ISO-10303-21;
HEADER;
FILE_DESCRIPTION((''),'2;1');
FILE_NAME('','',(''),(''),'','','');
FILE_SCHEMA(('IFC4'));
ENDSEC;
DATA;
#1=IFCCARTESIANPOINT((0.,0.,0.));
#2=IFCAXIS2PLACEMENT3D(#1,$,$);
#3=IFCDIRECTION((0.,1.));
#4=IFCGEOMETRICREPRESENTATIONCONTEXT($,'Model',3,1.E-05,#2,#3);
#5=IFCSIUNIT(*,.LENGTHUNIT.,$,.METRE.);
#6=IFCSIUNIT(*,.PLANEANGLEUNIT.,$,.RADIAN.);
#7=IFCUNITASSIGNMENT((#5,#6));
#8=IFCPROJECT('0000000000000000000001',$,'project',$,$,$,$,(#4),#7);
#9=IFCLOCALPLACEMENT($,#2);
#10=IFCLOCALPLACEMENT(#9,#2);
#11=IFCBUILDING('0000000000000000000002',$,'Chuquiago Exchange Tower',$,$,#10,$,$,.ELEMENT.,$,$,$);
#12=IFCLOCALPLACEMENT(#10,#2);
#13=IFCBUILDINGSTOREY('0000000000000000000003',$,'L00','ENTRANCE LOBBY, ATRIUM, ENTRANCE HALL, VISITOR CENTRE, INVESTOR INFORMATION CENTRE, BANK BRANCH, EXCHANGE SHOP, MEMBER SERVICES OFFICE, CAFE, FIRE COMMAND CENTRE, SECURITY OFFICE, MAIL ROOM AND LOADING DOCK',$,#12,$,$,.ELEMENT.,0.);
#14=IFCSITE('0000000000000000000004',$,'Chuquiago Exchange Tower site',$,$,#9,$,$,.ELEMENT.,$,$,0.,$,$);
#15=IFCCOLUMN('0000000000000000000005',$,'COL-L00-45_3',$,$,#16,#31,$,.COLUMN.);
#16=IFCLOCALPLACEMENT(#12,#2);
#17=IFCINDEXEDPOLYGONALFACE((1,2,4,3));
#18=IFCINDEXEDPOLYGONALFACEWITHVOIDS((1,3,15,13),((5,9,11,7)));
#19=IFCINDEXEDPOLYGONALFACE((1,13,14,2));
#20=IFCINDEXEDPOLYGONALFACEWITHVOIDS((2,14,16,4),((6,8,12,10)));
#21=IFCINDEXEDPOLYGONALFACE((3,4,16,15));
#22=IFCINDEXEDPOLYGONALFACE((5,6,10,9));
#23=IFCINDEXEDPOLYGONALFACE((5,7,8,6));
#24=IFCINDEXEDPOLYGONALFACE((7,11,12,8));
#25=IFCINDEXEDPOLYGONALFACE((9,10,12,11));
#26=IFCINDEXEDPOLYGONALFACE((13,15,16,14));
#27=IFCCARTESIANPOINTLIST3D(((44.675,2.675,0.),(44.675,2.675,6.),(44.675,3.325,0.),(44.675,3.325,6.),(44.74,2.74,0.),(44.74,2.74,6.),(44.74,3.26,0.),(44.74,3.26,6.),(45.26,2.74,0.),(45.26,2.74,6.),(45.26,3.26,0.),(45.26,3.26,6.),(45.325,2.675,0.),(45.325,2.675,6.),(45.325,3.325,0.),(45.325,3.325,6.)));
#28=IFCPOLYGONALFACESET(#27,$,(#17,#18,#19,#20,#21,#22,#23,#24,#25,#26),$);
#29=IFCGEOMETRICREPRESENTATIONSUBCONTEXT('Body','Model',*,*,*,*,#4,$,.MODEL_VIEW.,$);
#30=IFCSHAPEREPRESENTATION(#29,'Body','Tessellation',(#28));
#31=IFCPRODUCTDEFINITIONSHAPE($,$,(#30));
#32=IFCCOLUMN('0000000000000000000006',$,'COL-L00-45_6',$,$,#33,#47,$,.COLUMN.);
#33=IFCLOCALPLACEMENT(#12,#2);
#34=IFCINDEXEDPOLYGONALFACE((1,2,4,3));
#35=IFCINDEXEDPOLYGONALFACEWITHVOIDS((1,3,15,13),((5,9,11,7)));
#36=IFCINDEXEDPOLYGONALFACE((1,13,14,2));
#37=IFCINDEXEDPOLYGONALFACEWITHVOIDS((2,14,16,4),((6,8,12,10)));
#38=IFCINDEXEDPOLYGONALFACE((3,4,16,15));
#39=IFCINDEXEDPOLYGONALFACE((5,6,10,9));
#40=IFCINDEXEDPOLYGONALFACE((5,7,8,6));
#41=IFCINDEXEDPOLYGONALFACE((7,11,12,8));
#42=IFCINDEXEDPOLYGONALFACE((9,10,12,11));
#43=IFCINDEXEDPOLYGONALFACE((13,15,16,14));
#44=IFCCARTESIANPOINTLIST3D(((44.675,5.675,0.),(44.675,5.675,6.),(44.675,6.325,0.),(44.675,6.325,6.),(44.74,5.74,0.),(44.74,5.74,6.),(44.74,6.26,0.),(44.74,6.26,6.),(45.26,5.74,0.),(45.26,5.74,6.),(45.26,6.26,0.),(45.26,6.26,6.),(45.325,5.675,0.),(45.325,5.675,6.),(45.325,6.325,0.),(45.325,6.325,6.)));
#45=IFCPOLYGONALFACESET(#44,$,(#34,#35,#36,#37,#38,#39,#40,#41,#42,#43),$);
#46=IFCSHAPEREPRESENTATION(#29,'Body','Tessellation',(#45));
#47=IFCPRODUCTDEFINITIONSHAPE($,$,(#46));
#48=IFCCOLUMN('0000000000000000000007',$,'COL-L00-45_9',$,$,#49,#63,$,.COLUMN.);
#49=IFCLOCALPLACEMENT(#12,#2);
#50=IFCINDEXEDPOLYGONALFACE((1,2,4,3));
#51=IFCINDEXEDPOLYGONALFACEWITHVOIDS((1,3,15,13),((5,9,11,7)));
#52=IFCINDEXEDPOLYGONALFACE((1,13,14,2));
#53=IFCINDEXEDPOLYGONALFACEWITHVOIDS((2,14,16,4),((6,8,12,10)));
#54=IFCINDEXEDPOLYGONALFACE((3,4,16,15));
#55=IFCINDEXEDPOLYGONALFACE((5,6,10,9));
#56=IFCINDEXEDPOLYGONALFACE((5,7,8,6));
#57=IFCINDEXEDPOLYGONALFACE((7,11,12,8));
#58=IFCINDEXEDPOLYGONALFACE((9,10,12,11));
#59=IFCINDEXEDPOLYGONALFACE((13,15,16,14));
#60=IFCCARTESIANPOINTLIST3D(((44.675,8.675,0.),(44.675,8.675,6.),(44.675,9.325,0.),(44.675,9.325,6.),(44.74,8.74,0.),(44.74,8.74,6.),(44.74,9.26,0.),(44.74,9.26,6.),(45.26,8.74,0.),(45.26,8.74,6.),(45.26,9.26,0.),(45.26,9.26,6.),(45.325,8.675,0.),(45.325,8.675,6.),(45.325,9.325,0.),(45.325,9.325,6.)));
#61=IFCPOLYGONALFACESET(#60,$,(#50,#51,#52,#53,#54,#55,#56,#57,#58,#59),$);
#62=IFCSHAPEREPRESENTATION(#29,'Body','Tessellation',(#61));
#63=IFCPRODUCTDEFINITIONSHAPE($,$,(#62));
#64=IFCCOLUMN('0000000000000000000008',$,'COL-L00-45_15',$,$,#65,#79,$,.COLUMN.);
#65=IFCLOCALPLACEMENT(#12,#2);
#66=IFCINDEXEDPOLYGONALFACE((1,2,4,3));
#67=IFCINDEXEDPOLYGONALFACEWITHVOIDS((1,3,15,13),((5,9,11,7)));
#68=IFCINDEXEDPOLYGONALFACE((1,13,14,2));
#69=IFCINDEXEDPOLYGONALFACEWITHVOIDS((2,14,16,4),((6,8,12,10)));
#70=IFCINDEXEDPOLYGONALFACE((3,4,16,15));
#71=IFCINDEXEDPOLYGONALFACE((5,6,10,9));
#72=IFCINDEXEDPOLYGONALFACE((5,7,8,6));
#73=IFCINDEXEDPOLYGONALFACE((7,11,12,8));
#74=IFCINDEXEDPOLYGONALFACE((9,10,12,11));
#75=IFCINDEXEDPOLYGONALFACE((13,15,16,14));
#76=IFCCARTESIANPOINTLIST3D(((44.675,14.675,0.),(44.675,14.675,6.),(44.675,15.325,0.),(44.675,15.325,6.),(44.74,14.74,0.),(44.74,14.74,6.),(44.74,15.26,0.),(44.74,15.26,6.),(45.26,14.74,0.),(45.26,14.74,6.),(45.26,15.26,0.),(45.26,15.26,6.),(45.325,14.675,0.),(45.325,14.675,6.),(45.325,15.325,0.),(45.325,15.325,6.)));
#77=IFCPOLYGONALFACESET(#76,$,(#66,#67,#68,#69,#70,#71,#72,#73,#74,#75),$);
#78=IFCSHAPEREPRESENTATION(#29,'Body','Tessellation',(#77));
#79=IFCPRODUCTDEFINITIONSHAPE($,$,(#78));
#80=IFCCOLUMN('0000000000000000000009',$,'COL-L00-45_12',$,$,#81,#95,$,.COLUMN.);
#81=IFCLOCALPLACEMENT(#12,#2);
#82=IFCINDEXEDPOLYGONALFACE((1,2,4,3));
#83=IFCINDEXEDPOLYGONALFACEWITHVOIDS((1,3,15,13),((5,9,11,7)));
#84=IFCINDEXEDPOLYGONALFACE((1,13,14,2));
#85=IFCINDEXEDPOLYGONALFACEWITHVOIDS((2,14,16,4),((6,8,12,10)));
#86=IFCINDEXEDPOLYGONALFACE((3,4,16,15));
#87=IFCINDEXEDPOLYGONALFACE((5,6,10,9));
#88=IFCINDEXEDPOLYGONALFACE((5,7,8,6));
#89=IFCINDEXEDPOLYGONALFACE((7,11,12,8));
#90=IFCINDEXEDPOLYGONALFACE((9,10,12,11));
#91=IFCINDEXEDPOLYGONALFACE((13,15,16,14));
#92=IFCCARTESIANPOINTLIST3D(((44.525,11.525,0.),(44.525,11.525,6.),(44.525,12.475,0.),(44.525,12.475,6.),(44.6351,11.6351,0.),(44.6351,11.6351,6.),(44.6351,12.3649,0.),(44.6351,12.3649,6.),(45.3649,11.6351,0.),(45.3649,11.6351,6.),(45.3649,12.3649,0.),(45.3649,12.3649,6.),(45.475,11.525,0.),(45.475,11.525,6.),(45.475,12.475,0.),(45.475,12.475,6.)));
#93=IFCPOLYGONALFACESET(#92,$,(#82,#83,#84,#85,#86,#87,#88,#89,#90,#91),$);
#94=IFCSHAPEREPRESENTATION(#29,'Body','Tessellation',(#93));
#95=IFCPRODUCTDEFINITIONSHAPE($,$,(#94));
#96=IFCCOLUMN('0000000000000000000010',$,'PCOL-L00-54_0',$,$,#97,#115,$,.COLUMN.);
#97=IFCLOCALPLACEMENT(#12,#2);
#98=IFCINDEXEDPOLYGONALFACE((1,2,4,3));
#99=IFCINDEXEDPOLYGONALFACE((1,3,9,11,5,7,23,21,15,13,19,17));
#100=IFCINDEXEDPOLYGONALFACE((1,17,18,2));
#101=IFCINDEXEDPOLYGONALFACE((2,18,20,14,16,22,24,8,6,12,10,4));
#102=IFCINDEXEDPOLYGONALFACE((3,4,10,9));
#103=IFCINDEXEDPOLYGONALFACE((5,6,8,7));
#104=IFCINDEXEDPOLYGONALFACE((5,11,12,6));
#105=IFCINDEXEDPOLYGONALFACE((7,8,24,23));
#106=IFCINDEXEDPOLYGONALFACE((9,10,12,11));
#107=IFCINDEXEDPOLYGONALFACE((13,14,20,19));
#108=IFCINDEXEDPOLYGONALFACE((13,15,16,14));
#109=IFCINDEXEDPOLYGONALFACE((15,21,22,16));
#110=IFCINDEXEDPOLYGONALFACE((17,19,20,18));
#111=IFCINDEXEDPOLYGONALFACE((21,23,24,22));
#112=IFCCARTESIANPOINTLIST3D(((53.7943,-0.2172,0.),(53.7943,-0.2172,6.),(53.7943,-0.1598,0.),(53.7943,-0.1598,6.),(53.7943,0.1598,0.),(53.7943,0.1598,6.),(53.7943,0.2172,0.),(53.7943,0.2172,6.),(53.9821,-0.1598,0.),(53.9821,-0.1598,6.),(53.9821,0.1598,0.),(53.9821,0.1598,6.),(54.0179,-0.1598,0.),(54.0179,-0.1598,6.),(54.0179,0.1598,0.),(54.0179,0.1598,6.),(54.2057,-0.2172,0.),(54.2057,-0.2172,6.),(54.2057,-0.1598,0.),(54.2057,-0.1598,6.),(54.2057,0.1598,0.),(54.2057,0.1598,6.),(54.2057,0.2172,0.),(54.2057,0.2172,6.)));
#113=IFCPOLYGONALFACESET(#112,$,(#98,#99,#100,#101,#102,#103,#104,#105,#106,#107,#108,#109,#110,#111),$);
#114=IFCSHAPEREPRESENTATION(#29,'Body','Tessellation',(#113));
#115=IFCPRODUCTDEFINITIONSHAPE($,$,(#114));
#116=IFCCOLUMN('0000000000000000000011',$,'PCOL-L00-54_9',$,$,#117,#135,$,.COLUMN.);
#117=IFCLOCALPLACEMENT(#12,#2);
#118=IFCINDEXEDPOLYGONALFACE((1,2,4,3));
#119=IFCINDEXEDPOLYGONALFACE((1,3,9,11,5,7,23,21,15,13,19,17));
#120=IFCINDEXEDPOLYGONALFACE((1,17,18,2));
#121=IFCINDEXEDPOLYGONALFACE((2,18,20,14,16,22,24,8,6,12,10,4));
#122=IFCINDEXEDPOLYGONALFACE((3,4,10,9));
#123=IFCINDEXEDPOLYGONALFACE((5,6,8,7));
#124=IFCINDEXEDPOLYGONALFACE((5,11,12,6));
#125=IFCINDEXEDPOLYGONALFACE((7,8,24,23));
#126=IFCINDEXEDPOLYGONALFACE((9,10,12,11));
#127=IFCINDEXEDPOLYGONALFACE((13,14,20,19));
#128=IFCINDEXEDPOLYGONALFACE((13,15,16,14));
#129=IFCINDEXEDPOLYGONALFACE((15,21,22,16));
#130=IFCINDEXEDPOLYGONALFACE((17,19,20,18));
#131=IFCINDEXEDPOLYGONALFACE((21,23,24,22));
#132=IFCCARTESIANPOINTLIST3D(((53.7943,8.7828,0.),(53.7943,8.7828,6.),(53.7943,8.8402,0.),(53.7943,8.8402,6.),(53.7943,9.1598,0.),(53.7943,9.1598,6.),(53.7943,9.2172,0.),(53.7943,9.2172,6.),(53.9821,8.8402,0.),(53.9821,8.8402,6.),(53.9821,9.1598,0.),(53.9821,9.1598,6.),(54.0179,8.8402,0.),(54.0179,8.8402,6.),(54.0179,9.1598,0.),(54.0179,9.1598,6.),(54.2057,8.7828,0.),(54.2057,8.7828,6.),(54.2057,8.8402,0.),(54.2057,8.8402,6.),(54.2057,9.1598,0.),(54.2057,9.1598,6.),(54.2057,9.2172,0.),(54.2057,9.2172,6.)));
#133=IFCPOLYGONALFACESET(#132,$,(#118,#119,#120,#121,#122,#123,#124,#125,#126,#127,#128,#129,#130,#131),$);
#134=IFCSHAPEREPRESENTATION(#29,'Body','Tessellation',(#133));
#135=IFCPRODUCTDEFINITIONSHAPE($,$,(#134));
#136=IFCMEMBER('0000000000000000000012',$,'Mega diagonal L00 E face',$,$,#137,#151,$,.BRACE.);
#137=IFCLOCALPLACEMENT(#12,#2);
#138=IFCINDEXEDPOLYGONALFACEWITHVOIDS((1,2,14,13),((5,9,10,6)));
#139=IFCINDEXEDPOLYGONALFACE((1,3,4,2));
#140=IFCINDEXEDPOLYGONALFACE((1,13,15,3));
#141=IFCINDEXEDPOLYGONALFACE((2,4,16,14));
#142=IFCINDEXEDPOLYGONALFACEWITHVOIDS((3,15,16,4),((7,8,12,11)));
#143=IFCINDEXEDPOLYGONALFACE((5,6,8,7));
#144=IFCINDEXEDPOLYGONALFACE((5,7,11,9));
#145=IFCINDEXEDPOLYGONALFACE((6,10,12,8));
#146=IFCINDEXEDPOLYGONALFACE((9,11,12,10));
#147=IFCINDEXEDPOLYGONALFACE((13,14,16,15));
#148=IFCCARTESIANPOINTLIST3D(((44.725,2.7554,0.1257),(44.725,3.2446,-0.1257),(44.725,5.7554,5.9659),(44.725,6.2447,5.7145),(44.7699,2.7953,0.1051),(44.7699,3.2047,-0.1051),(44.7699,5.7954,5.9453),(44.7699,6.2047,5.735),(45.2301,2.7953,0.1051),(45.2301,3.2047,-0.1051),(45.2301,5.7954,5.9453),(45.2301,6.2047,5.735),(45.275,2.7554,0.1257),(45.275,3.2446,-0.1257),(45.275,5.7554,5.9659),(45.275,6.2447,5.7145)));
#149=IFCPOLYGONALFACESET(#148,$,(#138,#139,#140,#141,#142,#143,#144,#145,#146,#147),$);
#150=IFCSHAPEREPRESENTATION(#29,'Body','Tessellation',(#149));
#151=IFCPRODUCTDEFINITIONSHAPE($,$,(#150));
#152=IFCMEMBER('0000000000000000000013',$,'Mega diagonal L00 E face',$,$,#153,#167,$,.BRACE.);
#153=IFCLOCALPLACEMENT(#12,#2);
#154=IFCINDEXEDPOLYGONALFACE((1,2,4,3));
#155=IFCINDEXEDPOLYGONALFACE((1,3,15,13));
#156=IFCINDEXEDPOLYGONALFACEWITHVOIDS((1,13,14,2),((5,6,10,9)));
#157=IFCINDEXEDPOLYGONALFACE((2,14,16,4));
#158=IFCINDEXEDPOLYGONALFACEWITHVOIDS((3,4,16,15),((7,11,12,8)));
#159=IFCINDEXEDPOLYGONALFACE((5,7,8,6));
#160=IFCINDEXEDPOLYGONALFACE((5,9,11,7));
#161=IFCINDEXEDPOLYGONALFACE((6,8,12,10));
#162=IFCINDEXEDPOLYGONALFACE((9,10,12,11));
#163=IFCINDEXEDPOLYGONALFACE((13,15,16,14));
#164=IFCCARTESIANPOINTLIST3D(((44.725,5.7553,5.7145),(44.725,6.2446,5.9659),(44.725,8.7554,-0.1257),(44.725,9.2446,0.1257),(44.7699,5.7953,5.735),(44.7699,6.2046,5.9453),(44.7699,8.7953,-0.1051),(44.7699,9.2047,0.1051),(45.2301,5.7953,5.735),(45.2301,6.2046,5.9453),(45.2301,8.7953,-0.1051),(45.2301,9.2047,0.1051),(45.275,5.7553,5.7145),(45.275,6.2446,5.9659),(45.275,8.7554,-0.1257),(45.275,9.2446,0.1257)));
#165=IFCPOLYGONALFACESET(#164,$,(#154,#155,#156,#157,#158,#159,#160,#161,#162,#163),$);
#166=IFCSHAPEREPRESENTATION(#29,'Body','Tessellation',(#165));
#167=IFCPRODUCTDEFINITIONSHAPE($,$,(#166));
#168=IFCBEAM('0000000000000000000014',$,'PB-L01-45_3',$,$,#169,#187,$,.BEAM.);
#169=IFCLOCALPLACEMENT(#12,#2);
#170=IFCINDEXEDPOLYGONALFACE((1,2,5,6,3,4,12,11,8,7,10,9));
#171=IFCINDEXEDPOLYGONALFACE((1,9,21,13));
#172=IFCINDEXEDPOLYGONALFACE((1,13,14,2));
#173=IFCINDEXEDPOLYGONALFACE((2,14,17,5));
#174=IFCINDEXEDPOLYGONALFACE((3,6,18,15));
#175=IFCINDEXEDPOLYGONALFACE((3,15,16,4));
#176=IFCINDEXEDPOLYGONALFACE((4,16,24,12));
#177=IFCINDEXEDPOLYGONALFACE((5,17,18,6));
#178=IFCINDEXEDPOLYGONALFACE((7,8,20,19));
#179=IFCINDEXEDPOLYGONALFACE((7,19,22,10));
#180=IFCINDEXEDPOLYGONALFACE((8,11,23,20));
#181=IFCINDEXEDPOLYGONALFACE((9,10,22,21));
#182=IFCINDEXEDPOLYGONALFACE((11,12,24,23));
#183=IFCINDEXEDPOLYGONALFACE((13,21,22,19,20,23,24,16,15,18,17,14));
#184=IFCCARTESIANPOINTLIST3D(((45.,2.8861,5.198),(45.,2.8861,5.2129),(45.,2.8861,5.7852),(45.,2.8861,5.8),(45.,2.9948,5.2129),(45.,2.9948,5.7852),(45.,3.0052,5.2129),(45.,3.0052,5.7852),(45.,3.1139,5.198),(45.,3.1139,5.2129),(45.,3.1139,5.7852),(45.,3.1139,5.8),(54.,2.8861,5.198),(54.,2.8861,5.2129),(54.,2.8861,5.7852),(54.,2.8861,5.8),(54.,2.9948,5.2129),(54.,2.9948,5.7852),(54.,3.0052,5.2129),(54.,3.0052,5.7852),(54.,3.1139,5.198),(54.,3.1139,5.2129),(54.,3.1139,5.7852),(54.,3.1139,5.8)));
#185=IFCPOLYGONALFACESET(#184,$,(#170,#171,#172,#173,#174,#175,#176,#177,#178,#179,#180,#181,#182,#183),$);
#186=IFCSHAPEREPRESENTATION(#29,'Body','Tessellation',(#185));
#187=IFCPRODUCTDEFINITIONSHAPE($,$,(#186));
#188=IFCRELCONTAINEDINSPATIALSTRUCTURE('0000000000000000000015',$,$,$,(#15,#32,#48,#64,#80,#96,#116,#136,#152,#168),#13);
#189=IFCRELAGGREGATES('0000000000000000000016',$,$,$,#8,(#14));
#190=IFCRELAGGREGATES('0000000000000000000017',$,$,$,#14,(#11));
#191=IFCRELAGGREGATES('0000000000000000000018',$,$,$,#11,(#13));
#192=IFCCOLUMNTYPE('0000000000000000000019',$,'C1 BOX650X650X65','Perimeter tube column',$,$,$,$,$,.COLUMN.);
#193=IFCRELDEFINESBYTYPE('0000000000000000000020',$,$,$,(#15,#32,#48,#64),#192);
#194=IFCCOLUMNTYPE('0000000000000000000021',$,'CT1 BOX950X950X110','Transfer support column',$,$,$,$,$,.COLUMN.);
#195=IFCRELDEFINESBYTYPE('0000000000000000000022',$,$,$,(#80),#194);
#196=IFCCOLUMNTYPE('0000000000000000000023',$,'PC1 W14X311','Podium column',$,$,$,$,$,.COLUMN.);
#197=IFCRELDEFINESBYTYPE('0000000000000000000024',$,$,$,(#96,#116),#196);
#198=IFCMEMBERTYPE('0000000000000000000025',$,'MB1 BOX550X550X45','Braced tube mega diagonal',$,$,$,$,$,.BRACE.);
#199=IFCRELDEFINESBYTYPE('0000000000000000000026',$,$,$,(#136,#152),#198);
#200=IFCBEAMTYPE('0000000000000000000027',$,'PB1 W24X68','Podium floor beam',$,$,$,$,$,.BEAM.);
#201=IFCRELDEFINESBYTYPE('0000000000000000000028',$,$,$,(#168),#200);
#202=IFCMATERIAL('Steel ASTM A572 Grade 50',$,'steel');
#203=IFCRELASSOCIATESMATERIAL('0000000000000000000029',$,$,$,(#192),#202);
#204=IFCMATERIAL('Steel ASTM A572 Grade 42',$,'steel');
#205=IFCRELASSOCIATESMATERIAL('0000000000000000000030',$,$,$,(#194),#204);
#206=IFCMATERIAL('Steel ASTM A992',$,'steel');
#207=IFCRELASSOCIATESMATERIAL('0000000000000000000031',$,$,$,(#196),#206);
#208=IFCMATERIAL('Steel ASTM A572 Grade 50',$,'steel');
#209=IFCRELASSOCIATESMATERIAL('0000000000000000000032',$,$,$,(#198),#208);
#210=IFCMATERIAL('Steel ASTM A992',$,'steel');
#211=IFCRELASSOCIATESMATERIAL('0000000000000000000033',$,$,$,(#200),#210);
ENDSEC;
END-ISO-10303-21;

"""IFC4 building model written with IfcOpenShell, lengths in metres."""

from ifc_helpers import new_model, si_unit, direction, frame, origin, origin_2d, place, context, subcontext, project, spatial, hollow_rectangle, i_section, extrude, material, material_profile, profile_set, type_object, element, save


model = new_model("IFC4")

# Units and contexts
model_context = context("Model", 3, precision=1e-05, world=origin(), true_north=direction((0.0, 1.0)))
body_context = subcontext(model_context, "Body", "Model", "MODEL_VIEW")
ifc_project = project(units=[si_unit("LENGTHUNIT", "METRE"), si_unit("PLANEANGLEUNIT", "RADIAN")], contexts=[model_context])

# Site, building, storey
site_placement = place(None, origin())
site = spatial("IfcSite", under=ifc_project, at=site_placement, Name="Chuquiago Exchange Tower site", CompositionType="ELEMENT", RefElevation=0.0)
building_placement = place(site_placement, origin())
building = spatial("IfcBuilding", under=site, at=building_placement, Name="Chuquiago Exchange Tower", CompositionType="ELEMENT")
storey_placement = place(building_placement, origin())
storey = spatial("IfcBuildingStorey", under=building, at=storey_placement, Name="L00", Description="ENTRANCE LOBBY, ATRIUM, ENTRANCE HALL, VISITOR CENTRE, INVESTOR INFORMATION CENTRE, BANK BRANCH, EXCHANGE SHOP, MEMBER SERVICES OFFICE, CAFE, FIRE COMMAND CENTRE, SECURITY OFFICE, MAIL ROOM AND LOADING DOCK", CompositionType="ELEMENT", Elevation=0.0)

# Columns
ifc_material_1 = material(Name="Steel ASTM A572 Grade 50", Category="steel")
ifc_material_profile_1 = material_profile(ifc_material_1, hollow_rectangle(XDim=0.6499, YDim=0.6499, WallThickness=0.0649, at=origin_2d()), Name="BOX650X650X65")
ifc_profile_set_1 = profile_set([ifc_material_profile_1], Name="Steel ASTM A572 Grade 50")
column_type_1 = type_object("IfcColumnType", Name="C1 BOX650X650X65", Description="Perimeter tube column", PredefinedType="COLUMN", material=ifc_profile_set_1)
for number, where, z_axis, x_axis, name in (
    (1, (45.0, 3.0, 0.0), (0.0, 0.0, 1.0), (1.0, 0.0, 0.0), "COL-L00-45_3"),
    (2, (45.0, 6.0, 0.0), (0.0, 0.0, 1.0), (1.0, 0.0, 0.0), "COL-L00-45_6"),
    (3, (45.0, 9.0, 0.0), (0.0, 0.0, 1.0), (1.0, 0.0, 0.0), "COL-L00-45_9"),
    (4, (45.0, 15.0, 0.0), (0.0, 0.0, 1.0), (1.0, 0.0, 0.0), "COL-L00-45_15"),
):
    element("IfcColumn", number, at=place(storey_placement, frame(where, z_axis=z_axis, x_axis=x_axis)), inside=storey, type_object=column_type_1, Name=name, PredefinedType="COLUMN", context=body_context, shape_type="SweptSolid", body=[
        extrude(hollow_rectangle(XDim=0.6499, YDim=0.6499, WallThickness=0.0649, at=origin_2d()), origin(), (0.0, 0.0, 1.0), 6.0),
    ])
ifc_material_2 = material(Name="Steel ASTM A572 Grade 42", Category="steel")
ifc_material_profile_2 = material_profile(ifc_material_2, hollow_rectangle(XDim=0.95, YDim=0.95, WallThickness=0.1101, at=origin_2d()), Name="BOX950X950X110")
ifc_profile_set_2 = profile_set([ifc_material_profile_2], Name="Steel ASTM A572 Grade 42")
column_type_2 = type_object("IfcColumnType", Name="CT1 BOX950X950X110", Description="Transfer support column", PredefinedType="COLUMN", material=ifc_profile_set_2)
column_placement = place(storey_placement, frame((45.0, 12.0, 0.0), z_axis=(0.0, 0.0, 1.0), x_axis=(1.0, 0.0, 0.0)))
element("IfcColumn", 5, at=column_placement, inside=storey, type_object=column_type_2, Name="COL-L00-45_12", PredefinedType="COLUMN", context=body_context, shape_type="SweptSolid", body=[
    extrude(hollow_rectangle(XDim=0.95, YDim=0.95, WallThickness=0.1101, at=origin_2d()), origin(), (0.0, 0.0, 1.0), 6.0),
])
ifc_material_3 = material(Name="Steel ASTM A992", Category="steel")
ifc_material_profile_3 = material_profile(ifc_material_3, i_section(OverallWidth=0.4114, OverallDepth=0.4343, WebThickness=0.0359, FlangeThickness=0.0574, at=origin_2d()), Name="W14X311")
ifc_profile_set_3 = profile_set([ifc_material_profile_3], Name="Steel ASTM A992")
column_type_3 = type_object("IfcColumnType", Name="PC1 W14X311", Description="Podium column", PredefinedType="COLUMN", material=ifc_profile_set_3)
for number, where, z_axis, x_axis, name in (
    (6, (54.0, 0.0, 0.0), (0.0, 0.0, 1.0), (1.0, 0.0, 0.0), "PCOL-L00-54_0"),
    (7, (54.0, 9.0, 0.0), (0.0, 0.0, 1.0), (1.0, 0.0, 0.0), "PCOL-L00-54_9"),
):
    element("IfcColumn", number, at=place(storey_placement, frame(where, z_axis=z_axis, x_axis=x_axis)), inside=storey, type_object=column_type_3, Name=name, PredefinedType="COLUMN", context=body_context, shape_type="SweptSolid", body=[
        extrude(i_section(OverallWidth=0.4114, OverallDepth=0.4343, WebThickness=0.0359, FlangeThickness=0.0574, at=origin_2d()), origin(), (0.0, 0.0, 1.0), 6.0),
    ])

# Members
ifc_material_4 = material(Name="Steel ASTM A572 Grade 50", Category="steel")
ifc_material_profile_4 = material_profile(ifc_material_4, hollow_rectangle(XDim=0.55, YDim=0.55, WallThickness=0.0449, at=origin_2d()), Name="BOX550X550X45")
ifc_profile_set_4 = profile_set([ifc_material_profile_4], Name="Steel ASTM A572 Grade 50")
member_type = type_object("IfcMemberType", Name="MB1 BOX550X550X45", Description="Braced tube mega diagonal", PredefinedType="BRACE", material=ifc_profile_set_4)
for number, where, z_axis, x_axis, name in (
    (8, (45.0, 3.0, 0.0), (0.0, 0.45693, 0.889503), (-1.0, 0.0, 0.0), "Mega diagonal L00 E face"),
    (9, (45.0, 9.0, 0.0), (0.0, -0.45693, 0.889503), (1.0, 0.0, 0.0), "Mega diagonal L00 E face"),
):
    element("IfcMember", number, at=place(storey_placement, frame(where, z_axis=z_axis, x_axis=x_axis)), inside=storey, type_object=member_type, Name=name, PredefinedType="BRACE", context=body_context, shape_type="SweptSolid", body=[
        extrude(hollow_rectangle(XDim=0.55, YDim=0.55, WallThickness=0.0449, at=origin_2d()), origin(), (0.0, 0.0, 1.0), 6.5657),
    ])

# Beam
ifc_material_5 = material(Name="Steel ASTM A992", Category="steel")
ifc_material_profile_5 = material_profile(ifc_material_5, i_section(OverallWidth=0.2278, OverallDepth=0.6021, WebThickness=0.0105, FlangeThickness=0.0149, at=origin_2d()), Name="W24X68")
ifc_profile_set_5 = profile_set([ifc_material_profile_5], Name="Steel ASTM A992")
beam_type_1 = type_object("IfcBeamType", Name="PB1 W24X68", Description="Podium floor beam", PredefinedType="BEAM", material=ifc_profile_set_5)
for number, where, z_axis, x_axis, name in (
    (10, (45.0, 3.0, 5.499), (1.0, 0.0, 0.0), (0.0, 1.0, 0.0), "PB-L01-45_3"),
):
    element("IfcBeam", number, at=place(storey_placement, frame(where, z_axis=z_axis, x_axis=x_axis)), inside=storey, type_object=beam_type_1, Name=name, PredefinedType="BEAM", context=body_context, shape_type="SweptSolid", body=[
        extrude(i_section(OverallWidth=0.2278, OverallDepth=0.6021, WebThickness=0.0105, FlangeThickness=0.0149, at=origin_2d()), origin(), (0.0, 0.0, 1.0), 9.0),
    ])

save(model, "model.ifc")
